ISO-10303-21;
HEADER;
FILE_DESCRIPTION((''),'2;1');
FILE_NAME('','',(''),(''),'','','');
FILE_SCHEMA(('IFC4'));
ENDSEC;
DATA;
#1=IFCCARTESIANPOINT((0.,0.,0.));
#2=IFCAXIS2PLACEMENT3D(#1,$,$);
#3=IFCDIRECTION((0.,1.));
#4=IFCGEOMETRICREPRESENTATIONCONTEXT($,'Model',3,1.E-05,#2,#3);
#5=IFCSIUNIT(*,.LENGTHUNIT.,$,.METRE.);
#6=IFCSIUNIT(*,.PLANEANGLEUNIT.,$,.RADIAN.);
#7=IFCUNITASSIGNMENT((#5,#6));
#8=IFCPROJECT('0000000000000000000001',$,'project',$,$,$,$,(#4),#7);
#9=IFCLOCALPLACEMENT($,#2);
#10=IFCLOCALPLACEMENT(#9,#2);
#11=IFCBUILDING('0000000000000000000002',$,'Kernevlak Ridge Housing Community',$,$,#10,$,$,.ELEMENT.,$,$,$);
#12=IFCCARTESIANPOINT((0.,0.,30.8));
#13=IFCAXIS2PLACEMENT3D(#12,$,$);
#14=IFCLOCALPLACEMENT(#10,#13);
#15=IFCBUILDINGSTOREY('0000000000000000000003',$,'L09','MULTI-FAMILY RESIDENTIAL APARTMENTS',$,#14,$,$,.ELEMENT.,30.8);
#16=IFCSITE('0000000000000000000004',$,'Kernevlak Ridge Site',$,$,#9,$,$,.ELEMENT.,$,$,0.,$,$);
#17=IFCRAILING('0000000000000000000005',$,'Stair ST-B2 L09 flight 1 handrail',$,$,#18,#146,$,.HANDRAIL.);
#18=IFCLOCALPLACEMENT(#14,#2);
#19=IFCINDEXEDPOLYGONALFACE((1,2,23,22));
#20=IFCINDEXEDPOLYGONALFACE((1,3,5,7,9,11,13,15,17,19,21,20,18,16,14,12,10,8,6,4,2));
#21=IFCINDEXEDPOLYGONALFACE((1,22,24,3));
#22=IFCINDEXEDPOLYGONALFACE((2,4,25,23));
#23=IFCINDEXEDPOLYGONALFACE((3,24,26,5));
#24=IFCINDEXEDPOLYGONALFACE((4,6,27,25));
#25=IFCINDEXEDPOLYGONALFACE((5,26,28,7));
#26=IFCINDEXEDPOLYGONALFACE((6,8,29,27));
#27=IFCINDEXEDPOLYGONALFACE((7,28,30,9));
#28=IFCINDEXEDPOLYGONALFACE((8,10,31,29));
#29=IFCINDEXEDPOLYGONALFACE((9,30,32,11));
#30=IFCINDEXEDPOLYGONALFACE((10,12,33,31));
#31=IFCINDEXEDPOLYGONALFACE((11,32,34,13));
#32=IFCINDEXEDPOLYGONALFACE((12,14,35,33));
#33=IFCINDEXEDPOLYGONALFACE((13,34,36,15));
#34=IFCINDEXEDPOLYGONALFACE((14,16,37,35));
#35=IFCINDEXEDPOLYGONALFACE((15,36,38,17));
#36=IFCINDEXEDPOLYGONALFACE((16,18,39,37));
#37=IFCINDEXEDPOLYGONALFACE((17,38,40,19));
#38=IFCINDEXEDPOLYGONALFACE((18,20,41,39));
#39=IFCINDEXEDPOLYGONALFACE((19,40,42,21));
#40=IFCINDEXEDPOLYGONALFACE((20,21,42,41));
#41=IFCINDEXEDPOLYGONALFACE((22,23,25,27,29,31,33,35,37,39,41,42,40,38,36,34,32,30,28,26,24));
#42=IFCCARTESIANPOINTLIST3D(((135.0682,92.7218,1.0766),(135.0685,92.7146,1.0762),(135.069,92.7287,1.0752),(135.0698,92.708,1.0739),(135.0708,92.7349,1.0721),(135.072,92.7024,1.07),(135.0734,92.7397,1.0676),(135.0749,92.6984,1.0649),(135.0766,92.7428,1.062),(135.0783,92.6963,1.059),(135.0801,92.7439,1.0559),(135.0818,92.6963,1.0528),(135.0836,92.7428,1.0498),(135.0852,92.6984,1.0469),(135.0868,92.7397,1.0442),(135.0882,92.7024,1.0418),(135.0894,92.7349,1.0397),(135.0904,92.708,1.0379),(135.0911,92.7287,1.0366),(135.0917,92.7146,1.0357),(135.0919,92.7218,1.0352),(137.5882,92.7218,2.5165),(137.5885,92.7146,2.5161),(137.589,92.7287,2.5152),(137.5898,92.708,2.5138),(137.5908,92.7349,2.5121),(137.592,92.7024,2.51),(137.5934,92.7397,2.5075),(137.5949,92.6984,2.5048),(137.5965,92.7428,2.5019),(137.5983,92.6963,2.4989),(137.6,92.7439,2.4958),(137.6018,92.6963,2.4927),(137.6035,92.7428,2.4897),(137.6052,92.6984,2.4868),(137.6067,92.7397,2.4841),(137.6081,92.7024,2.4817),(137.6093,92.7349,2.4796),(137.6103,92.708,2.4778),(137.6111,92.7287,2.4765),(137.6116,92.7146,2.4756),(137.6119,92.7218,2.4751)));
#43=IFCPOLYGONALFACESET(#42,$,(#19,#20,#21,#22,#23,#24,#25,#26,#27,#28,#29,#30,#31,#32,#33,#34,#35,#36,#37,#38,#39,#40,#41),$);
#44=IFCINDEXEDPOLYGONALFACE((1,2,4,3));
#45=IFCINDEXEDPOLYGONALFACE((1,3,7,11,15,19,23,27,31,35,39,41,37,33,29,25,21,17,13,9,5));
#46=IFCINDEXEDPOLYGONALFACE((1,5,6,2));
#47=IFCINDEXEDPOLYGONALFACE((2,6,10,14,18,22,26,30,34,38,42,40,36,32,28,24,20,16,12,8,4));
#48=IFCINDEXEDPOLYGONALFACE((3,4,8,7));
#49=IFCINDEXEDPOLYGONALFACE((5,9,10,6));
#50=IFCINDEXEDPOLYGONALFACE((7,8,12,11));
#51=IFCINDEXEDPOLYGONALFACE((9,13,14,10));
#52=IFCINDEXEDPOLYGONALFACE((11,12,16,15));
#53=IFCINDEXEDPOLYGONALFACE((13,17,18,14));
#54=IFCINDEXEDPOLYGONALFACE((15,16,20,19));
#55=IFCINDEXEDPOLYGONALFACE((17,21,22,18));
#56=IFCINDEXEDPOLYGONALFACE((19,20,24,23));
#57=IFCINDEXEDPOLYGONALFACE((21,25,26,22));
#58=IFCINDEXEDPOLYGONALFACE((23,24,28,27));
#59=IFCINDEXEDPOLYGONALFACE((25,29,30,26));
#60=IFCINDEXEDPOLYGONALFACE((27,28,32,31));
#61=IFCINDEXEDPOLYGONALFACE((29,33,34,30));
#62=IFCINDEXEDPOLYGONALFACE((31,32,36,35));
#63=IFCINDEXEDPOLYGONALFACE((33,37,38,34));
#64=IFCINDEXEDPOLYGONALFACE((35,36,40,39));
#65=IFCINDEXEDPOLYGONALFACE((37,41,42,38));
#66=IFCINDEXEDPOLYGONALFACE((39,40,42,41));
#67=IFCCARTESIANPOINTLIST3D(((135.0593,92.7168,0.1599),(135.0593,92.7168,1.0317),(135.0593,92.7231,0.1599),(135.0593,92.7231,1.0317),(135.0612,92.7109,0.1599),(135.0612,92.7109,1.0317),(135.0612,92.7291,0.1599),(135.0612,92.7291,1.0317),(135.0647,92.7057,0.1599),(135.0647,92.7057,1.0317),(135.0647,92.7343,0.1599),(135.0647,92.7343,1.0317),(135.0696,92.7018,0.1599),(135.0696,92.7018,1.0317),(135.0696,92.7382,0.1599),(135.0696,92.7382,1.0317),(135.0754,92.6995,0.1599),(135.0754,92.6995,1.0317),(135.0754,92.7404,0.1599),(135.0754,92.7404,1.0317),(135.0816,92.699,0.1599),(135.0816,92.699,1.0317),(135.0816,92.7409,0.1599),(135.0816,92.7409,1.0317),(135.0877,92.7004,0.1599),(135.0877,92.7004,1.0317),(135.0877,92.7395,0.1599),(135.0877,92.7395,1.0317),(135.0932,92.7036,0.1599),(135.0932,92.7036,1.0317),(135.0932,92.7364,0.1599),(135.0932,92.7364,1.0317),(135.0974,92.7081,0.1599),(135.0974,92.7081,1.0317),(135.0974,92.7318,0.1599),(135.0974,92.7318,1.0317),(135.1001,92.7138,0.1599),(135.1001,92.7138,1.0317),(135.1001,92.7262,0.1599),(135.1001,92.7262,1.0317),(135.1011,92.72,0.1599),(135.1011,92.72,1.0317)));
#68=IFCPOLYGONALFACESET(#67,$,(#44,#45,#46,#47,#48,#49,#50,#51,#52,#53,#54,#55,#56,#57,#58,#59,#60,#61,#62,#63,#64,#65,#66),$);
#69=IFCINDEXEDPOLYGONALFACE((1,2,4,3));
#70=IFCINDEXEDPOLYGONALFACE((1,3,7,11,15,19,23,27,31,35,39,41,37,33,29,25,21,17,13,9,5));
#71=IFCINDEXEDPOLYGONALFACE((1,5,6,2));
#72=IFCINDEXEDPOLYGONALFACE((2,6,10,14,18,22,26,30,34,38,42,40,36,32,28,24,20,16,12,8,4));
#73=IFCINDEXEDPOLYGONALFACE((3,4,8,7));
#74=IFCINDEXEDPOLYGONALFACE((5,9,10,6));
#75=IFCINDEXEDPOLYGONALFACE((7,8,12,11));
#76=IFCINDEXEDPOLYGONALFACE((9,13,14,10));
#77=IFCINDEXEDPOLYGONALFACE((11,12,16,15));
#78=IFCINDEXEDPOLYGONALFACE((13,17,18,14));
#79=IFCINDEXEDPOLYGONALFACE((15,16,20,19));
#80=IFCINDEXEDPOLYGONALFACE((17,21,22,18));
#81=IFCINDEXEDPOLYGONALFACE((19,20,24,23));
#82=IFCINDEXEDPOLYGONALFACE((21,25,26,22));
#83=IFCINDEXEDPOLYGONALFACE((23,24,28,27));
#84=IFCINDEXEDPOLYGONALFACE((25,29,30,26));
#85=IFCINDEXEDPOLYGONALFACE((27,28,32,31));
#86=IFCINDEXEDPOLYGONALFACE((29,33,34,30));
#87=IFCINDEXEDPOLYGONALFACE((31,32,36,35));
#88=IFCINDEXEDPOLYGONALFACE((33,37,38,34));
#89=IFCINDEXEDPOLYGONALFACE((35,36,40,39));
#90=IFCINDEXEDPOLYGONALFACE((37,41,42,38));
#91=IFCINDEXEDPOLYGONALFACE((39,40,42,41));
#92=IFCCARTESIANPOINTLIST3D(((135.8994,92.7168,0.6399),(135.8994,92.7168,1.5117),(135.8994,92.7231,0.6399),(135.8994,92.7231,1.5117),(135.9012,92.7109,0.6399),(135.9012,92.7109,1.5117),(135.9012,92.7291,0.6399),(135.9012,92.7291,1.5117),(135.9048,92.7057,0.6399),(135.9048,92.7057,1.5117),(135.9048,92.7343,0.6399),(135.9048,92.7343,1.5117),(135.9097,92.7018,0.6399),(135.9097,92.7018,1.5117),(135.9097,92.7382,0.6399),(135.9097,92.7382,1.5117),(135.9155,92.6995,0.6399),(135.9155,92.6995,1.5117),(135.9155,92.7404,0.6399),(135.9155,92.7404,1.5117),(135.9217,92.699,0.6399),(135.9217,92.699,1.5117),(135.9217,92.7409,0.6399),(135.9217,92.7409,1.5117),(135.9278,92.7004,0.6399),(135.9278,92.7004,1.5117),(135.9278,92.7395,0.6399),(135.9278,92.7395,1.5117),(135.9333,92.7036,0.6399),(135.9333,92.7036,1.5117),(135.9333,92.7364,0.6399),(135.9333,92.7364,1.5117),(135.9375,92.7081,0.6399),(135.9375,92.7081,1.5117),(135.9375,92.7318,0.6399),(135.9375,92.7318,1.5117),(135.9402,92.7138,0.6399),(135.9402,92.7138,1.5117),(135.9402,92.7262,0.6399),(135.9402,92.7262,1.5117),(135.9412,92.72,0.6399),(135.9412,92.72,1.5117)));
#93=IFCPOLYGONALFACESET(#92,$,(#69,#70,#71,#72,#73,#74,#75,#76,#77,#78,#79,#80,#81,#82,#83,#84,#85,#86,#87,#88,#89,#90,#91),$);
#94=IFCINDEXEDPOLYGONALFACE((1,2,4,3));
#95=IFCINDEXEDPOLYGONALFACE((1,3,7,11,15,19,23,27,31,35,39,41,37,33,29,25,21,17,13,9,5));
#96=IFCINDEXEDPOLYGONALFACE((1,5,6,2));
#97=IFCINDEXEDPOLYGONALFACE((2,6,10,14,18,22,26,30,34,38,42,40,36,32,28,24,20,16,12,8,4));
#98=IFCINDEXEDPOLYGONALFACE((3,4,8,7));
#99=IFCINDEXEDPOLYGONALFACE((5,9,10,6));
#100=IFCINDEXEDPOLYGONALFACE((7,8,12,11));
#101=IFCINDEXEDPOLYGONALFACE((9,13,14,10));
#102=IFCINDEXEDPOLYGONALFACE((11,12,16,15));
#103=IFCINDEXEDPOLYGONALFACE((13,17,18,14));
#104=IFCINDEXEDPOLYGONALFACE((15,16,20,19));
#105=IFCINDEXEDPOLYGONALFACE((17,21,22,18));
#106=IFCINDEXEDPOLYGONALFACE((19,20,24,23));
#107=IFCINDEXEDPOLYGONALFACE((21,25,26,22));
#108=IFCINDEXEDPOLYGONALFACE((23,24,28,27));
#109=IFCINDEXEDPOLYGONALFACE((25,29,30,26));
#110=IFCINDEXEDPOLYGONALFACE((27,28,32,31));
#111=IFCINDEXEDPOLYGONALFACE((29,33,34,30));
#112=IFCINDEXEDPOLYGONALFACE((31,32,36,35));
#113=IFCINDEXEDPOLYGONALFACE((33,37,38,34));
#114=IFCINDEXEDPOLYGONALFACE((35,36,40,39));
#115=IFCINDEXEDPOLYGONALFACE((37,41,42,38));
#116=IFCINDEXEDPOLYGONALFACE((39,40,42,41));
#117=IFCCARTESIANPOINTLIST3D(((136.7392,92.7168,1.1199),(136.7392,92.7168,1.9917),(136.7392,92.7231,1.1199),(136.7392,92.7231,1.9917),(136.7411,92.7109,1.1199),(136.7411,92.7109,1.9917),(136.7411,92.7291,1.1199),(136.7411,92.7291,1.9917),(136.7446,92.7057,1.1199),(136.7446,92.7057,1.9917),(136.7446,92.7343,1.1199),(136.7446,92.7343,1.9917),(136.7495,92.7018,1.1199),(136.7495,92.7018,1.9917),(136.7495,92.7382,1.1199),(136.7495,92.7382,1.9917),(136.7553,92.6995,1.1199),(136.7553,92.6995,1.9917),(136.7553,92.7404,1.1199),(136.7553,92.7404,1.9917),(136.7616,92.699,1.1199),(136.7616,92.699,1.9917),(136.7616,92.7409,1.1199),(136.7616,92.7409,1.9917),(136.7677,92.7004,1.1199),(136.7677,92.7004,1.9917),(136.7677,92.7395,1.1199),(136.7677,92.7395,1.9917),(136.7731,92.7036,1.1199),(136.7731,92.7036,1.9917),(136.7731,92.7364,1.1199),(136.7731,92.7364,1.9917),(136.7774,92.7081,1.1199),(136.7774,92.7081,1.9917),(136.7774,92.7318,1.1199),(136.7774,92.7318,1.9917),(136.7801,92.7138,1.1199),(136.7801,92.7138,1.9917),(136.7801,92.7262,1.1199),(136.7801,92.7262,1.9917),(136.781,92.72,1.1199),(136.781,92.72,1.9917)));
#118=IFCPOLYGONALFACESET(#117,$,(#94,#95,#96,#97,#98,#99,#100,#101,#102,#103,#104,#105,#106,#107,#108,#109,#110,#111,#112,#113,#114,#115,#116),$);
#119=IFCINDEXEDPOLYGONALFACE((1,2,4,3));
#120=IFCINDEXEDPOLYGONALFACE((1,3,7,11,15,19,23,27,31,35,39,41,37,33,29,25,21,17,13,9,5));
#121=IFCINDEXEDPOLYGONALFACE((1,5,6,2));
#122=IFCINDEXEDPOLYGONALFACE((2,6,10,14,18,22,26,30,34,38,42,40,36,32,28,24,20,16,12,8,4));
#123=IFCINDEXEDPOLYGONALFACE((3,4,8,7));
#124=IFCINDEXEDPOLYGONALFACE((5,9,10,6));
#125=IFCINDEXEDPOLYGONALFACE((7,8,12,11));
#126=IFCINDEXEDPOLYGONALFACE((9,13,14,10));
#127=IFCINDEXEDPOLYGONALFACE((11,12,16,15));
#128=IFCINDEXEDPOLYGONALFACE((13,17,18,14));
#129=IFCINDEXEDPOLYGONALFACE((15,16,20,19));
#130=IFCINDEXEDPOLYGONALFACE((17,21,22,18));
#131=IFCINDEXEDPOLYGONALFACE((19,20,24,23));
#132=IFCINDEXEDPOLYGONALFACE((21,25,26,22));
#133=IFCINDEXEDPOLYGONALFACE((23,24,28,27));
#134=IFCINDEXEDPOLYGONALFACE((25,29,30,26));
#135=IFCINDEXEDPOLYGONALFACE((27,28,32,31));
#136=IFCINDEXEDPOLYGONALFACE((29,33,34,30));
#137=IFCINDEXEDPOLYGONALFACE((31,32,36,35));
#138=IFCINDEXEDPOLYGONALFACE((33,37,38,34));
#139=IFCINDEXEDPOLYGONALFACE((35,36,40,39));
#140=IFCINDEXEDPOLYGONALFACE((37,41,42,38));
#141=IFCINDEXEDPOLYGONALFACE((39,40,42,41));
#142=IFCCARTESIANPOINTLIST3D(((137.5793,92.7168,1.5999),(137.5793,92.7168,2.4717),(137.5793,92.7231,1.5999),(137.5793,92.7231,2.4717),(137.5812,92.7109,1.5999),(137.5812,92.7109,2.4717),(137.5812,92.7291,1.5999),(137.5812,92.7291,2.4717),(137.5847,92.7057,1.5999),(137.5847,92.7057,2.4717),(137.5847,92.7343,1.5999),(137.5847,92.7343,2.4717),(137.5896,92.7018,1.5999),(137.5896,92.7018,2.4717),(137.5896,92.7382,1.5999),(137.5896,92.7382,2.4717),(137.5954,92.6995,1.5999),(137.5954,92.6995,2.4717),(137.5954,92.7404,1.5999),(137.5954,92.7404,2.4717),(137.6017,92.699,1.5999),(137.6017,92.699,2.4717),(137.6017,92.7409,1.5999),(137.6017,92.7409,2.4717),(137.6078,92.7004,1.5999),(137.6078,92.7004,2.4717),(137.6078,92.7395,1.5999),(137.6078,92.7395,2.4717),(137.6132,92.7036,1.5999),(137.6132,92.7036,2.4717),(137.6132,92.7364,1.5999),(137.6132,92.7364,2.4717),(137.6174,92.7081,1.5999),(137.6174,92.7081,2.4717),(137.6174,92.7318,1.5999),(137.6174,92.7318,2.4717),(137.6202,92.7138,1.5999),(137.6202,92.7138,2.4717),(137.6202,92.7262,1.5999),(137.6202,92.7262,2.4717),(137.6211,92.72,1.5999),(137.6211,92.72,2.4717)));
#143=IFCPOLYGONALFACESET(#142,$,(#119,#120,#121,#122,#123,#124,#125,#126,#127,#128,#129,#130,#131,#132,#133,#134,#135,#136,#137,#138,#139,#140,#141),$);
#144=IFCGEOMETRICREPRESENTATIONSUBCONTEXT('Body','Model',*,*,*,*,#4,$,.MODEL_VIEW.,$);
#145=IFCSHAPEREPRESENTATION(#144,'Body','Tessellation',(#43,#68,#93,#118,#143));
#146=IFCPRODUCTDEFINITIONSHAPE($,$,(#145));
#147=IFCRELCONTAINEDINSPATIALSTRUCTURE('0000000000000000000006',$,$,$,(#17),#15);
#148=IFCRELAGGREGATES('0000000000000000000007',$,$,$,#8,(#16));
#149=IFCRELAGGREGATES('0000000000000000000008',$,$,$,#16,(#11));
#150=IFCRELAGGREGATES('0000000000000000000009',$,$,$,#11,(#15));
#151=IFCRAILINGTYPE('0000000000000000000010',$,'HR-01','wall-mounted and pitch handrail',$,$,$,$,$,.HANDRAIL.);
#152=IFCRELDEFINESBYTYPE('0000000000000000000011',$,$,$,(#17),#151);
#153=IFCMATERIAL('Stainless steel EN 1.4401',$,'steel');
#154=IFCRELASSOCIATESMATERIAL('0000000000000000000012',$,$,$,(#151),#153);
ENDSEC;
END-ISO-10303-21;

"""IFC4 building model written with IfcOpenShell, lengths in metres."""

from ifc_helpers import new_model, si_unit, direction, frame, origin, origin_2d, place, context, subcontext, project, spatial, circle, extrude, material, type_object, element, save


model = new_model("IFC4")

# Units and contexts
model_context = context("Model", 3, precision=1e-05, world=origin(), true_north=direction((0.0, 1.0)))
body_context = subcontext(model_context, "Body", "Model", "MODEL_VIEW")
ifc_project = project(units=[si_unit("LENGTHUNIT", "METRE"), si_unit("PLANEANGLEUNIT", "RADIAN")], contexts=[model_context])

# Site, building, storey
site_placement = place(None, origin())
site = spatial("IfcSite", under=ifc_project, at=site_placement, Name="Kernevlak Ridge Site", CompositionType="ELEMENT", RefElevation=0.0)
building_placement = place(site_placement, origin())
building = spatial("IfcBuilding", under=site, at=building_placement, Name="Kernevlak Ridge Housing Community", CompositionType="ELEMENT")
storey_placement = place(building_placement, frame((0.0, 0.0, 30.8)))
storey = spatial("IfcBuildingStorey", under=building, at=storey_placement, Name="L09", Description="MULTI-FAMILY RESIDENTIAL APARTMENTS", CompositionType="ELEMENT", Elevation=30.8)

# Railing
ifc_material_1 = material(Name="Stainless steel EN 1.4401", Category="steel")
railing_type_1 = type_object("IfcRailingType", Name="HR-01", Description="wall-mounted and pitch handrail", PredefinedType="HANDRAIL", material=ifc_material_1)
railing_1_placement = place(storey_placement, frame((135.0801, 92.72, 0.1599)))
element("IfcRailing", 1, at=railing_1_placement, inside=storey, type_object=railing_type_1, Name="Stair ST-B2 L09 flight 1 handrail", PredefinedType="HANDRAIL", context=body_context, shape_type="SweptSolid", body=[
    extrude(circle(Radius=0.0239, at=origin_2d()), frame((0.0, 0.0, 0.896), z_axis=(0.868253, 0.0, 0.496121), x_axis=(0.0, 1.0, 0.0)), (0.0, 0.0, 1.0), 2.9023),
    extrude(circle(Radius=0.021, at=origin_2d()), origin(), (0.0, 0.0, 1.0), 0.8718),
    extrude(circle(Radius=0.021, at=origin_2d()), frame((0.8401, 0.0, 0.48)), (0.0, 0.0, 1.0), 0.8718),
    extrude(circle(Radius=0.021, at=origin_2d()), frame((1.6799, 0.0, 0.96)), (0.0, 0.0, 1.0), 0.8718),
    extrude(circle(Radius=0.021, at=origin_2d()), frame((2.52, 0.0, 1.4399)), (0.0, 0.0, 1.0), 0.8718),
])

save(model, "model.ifc")
